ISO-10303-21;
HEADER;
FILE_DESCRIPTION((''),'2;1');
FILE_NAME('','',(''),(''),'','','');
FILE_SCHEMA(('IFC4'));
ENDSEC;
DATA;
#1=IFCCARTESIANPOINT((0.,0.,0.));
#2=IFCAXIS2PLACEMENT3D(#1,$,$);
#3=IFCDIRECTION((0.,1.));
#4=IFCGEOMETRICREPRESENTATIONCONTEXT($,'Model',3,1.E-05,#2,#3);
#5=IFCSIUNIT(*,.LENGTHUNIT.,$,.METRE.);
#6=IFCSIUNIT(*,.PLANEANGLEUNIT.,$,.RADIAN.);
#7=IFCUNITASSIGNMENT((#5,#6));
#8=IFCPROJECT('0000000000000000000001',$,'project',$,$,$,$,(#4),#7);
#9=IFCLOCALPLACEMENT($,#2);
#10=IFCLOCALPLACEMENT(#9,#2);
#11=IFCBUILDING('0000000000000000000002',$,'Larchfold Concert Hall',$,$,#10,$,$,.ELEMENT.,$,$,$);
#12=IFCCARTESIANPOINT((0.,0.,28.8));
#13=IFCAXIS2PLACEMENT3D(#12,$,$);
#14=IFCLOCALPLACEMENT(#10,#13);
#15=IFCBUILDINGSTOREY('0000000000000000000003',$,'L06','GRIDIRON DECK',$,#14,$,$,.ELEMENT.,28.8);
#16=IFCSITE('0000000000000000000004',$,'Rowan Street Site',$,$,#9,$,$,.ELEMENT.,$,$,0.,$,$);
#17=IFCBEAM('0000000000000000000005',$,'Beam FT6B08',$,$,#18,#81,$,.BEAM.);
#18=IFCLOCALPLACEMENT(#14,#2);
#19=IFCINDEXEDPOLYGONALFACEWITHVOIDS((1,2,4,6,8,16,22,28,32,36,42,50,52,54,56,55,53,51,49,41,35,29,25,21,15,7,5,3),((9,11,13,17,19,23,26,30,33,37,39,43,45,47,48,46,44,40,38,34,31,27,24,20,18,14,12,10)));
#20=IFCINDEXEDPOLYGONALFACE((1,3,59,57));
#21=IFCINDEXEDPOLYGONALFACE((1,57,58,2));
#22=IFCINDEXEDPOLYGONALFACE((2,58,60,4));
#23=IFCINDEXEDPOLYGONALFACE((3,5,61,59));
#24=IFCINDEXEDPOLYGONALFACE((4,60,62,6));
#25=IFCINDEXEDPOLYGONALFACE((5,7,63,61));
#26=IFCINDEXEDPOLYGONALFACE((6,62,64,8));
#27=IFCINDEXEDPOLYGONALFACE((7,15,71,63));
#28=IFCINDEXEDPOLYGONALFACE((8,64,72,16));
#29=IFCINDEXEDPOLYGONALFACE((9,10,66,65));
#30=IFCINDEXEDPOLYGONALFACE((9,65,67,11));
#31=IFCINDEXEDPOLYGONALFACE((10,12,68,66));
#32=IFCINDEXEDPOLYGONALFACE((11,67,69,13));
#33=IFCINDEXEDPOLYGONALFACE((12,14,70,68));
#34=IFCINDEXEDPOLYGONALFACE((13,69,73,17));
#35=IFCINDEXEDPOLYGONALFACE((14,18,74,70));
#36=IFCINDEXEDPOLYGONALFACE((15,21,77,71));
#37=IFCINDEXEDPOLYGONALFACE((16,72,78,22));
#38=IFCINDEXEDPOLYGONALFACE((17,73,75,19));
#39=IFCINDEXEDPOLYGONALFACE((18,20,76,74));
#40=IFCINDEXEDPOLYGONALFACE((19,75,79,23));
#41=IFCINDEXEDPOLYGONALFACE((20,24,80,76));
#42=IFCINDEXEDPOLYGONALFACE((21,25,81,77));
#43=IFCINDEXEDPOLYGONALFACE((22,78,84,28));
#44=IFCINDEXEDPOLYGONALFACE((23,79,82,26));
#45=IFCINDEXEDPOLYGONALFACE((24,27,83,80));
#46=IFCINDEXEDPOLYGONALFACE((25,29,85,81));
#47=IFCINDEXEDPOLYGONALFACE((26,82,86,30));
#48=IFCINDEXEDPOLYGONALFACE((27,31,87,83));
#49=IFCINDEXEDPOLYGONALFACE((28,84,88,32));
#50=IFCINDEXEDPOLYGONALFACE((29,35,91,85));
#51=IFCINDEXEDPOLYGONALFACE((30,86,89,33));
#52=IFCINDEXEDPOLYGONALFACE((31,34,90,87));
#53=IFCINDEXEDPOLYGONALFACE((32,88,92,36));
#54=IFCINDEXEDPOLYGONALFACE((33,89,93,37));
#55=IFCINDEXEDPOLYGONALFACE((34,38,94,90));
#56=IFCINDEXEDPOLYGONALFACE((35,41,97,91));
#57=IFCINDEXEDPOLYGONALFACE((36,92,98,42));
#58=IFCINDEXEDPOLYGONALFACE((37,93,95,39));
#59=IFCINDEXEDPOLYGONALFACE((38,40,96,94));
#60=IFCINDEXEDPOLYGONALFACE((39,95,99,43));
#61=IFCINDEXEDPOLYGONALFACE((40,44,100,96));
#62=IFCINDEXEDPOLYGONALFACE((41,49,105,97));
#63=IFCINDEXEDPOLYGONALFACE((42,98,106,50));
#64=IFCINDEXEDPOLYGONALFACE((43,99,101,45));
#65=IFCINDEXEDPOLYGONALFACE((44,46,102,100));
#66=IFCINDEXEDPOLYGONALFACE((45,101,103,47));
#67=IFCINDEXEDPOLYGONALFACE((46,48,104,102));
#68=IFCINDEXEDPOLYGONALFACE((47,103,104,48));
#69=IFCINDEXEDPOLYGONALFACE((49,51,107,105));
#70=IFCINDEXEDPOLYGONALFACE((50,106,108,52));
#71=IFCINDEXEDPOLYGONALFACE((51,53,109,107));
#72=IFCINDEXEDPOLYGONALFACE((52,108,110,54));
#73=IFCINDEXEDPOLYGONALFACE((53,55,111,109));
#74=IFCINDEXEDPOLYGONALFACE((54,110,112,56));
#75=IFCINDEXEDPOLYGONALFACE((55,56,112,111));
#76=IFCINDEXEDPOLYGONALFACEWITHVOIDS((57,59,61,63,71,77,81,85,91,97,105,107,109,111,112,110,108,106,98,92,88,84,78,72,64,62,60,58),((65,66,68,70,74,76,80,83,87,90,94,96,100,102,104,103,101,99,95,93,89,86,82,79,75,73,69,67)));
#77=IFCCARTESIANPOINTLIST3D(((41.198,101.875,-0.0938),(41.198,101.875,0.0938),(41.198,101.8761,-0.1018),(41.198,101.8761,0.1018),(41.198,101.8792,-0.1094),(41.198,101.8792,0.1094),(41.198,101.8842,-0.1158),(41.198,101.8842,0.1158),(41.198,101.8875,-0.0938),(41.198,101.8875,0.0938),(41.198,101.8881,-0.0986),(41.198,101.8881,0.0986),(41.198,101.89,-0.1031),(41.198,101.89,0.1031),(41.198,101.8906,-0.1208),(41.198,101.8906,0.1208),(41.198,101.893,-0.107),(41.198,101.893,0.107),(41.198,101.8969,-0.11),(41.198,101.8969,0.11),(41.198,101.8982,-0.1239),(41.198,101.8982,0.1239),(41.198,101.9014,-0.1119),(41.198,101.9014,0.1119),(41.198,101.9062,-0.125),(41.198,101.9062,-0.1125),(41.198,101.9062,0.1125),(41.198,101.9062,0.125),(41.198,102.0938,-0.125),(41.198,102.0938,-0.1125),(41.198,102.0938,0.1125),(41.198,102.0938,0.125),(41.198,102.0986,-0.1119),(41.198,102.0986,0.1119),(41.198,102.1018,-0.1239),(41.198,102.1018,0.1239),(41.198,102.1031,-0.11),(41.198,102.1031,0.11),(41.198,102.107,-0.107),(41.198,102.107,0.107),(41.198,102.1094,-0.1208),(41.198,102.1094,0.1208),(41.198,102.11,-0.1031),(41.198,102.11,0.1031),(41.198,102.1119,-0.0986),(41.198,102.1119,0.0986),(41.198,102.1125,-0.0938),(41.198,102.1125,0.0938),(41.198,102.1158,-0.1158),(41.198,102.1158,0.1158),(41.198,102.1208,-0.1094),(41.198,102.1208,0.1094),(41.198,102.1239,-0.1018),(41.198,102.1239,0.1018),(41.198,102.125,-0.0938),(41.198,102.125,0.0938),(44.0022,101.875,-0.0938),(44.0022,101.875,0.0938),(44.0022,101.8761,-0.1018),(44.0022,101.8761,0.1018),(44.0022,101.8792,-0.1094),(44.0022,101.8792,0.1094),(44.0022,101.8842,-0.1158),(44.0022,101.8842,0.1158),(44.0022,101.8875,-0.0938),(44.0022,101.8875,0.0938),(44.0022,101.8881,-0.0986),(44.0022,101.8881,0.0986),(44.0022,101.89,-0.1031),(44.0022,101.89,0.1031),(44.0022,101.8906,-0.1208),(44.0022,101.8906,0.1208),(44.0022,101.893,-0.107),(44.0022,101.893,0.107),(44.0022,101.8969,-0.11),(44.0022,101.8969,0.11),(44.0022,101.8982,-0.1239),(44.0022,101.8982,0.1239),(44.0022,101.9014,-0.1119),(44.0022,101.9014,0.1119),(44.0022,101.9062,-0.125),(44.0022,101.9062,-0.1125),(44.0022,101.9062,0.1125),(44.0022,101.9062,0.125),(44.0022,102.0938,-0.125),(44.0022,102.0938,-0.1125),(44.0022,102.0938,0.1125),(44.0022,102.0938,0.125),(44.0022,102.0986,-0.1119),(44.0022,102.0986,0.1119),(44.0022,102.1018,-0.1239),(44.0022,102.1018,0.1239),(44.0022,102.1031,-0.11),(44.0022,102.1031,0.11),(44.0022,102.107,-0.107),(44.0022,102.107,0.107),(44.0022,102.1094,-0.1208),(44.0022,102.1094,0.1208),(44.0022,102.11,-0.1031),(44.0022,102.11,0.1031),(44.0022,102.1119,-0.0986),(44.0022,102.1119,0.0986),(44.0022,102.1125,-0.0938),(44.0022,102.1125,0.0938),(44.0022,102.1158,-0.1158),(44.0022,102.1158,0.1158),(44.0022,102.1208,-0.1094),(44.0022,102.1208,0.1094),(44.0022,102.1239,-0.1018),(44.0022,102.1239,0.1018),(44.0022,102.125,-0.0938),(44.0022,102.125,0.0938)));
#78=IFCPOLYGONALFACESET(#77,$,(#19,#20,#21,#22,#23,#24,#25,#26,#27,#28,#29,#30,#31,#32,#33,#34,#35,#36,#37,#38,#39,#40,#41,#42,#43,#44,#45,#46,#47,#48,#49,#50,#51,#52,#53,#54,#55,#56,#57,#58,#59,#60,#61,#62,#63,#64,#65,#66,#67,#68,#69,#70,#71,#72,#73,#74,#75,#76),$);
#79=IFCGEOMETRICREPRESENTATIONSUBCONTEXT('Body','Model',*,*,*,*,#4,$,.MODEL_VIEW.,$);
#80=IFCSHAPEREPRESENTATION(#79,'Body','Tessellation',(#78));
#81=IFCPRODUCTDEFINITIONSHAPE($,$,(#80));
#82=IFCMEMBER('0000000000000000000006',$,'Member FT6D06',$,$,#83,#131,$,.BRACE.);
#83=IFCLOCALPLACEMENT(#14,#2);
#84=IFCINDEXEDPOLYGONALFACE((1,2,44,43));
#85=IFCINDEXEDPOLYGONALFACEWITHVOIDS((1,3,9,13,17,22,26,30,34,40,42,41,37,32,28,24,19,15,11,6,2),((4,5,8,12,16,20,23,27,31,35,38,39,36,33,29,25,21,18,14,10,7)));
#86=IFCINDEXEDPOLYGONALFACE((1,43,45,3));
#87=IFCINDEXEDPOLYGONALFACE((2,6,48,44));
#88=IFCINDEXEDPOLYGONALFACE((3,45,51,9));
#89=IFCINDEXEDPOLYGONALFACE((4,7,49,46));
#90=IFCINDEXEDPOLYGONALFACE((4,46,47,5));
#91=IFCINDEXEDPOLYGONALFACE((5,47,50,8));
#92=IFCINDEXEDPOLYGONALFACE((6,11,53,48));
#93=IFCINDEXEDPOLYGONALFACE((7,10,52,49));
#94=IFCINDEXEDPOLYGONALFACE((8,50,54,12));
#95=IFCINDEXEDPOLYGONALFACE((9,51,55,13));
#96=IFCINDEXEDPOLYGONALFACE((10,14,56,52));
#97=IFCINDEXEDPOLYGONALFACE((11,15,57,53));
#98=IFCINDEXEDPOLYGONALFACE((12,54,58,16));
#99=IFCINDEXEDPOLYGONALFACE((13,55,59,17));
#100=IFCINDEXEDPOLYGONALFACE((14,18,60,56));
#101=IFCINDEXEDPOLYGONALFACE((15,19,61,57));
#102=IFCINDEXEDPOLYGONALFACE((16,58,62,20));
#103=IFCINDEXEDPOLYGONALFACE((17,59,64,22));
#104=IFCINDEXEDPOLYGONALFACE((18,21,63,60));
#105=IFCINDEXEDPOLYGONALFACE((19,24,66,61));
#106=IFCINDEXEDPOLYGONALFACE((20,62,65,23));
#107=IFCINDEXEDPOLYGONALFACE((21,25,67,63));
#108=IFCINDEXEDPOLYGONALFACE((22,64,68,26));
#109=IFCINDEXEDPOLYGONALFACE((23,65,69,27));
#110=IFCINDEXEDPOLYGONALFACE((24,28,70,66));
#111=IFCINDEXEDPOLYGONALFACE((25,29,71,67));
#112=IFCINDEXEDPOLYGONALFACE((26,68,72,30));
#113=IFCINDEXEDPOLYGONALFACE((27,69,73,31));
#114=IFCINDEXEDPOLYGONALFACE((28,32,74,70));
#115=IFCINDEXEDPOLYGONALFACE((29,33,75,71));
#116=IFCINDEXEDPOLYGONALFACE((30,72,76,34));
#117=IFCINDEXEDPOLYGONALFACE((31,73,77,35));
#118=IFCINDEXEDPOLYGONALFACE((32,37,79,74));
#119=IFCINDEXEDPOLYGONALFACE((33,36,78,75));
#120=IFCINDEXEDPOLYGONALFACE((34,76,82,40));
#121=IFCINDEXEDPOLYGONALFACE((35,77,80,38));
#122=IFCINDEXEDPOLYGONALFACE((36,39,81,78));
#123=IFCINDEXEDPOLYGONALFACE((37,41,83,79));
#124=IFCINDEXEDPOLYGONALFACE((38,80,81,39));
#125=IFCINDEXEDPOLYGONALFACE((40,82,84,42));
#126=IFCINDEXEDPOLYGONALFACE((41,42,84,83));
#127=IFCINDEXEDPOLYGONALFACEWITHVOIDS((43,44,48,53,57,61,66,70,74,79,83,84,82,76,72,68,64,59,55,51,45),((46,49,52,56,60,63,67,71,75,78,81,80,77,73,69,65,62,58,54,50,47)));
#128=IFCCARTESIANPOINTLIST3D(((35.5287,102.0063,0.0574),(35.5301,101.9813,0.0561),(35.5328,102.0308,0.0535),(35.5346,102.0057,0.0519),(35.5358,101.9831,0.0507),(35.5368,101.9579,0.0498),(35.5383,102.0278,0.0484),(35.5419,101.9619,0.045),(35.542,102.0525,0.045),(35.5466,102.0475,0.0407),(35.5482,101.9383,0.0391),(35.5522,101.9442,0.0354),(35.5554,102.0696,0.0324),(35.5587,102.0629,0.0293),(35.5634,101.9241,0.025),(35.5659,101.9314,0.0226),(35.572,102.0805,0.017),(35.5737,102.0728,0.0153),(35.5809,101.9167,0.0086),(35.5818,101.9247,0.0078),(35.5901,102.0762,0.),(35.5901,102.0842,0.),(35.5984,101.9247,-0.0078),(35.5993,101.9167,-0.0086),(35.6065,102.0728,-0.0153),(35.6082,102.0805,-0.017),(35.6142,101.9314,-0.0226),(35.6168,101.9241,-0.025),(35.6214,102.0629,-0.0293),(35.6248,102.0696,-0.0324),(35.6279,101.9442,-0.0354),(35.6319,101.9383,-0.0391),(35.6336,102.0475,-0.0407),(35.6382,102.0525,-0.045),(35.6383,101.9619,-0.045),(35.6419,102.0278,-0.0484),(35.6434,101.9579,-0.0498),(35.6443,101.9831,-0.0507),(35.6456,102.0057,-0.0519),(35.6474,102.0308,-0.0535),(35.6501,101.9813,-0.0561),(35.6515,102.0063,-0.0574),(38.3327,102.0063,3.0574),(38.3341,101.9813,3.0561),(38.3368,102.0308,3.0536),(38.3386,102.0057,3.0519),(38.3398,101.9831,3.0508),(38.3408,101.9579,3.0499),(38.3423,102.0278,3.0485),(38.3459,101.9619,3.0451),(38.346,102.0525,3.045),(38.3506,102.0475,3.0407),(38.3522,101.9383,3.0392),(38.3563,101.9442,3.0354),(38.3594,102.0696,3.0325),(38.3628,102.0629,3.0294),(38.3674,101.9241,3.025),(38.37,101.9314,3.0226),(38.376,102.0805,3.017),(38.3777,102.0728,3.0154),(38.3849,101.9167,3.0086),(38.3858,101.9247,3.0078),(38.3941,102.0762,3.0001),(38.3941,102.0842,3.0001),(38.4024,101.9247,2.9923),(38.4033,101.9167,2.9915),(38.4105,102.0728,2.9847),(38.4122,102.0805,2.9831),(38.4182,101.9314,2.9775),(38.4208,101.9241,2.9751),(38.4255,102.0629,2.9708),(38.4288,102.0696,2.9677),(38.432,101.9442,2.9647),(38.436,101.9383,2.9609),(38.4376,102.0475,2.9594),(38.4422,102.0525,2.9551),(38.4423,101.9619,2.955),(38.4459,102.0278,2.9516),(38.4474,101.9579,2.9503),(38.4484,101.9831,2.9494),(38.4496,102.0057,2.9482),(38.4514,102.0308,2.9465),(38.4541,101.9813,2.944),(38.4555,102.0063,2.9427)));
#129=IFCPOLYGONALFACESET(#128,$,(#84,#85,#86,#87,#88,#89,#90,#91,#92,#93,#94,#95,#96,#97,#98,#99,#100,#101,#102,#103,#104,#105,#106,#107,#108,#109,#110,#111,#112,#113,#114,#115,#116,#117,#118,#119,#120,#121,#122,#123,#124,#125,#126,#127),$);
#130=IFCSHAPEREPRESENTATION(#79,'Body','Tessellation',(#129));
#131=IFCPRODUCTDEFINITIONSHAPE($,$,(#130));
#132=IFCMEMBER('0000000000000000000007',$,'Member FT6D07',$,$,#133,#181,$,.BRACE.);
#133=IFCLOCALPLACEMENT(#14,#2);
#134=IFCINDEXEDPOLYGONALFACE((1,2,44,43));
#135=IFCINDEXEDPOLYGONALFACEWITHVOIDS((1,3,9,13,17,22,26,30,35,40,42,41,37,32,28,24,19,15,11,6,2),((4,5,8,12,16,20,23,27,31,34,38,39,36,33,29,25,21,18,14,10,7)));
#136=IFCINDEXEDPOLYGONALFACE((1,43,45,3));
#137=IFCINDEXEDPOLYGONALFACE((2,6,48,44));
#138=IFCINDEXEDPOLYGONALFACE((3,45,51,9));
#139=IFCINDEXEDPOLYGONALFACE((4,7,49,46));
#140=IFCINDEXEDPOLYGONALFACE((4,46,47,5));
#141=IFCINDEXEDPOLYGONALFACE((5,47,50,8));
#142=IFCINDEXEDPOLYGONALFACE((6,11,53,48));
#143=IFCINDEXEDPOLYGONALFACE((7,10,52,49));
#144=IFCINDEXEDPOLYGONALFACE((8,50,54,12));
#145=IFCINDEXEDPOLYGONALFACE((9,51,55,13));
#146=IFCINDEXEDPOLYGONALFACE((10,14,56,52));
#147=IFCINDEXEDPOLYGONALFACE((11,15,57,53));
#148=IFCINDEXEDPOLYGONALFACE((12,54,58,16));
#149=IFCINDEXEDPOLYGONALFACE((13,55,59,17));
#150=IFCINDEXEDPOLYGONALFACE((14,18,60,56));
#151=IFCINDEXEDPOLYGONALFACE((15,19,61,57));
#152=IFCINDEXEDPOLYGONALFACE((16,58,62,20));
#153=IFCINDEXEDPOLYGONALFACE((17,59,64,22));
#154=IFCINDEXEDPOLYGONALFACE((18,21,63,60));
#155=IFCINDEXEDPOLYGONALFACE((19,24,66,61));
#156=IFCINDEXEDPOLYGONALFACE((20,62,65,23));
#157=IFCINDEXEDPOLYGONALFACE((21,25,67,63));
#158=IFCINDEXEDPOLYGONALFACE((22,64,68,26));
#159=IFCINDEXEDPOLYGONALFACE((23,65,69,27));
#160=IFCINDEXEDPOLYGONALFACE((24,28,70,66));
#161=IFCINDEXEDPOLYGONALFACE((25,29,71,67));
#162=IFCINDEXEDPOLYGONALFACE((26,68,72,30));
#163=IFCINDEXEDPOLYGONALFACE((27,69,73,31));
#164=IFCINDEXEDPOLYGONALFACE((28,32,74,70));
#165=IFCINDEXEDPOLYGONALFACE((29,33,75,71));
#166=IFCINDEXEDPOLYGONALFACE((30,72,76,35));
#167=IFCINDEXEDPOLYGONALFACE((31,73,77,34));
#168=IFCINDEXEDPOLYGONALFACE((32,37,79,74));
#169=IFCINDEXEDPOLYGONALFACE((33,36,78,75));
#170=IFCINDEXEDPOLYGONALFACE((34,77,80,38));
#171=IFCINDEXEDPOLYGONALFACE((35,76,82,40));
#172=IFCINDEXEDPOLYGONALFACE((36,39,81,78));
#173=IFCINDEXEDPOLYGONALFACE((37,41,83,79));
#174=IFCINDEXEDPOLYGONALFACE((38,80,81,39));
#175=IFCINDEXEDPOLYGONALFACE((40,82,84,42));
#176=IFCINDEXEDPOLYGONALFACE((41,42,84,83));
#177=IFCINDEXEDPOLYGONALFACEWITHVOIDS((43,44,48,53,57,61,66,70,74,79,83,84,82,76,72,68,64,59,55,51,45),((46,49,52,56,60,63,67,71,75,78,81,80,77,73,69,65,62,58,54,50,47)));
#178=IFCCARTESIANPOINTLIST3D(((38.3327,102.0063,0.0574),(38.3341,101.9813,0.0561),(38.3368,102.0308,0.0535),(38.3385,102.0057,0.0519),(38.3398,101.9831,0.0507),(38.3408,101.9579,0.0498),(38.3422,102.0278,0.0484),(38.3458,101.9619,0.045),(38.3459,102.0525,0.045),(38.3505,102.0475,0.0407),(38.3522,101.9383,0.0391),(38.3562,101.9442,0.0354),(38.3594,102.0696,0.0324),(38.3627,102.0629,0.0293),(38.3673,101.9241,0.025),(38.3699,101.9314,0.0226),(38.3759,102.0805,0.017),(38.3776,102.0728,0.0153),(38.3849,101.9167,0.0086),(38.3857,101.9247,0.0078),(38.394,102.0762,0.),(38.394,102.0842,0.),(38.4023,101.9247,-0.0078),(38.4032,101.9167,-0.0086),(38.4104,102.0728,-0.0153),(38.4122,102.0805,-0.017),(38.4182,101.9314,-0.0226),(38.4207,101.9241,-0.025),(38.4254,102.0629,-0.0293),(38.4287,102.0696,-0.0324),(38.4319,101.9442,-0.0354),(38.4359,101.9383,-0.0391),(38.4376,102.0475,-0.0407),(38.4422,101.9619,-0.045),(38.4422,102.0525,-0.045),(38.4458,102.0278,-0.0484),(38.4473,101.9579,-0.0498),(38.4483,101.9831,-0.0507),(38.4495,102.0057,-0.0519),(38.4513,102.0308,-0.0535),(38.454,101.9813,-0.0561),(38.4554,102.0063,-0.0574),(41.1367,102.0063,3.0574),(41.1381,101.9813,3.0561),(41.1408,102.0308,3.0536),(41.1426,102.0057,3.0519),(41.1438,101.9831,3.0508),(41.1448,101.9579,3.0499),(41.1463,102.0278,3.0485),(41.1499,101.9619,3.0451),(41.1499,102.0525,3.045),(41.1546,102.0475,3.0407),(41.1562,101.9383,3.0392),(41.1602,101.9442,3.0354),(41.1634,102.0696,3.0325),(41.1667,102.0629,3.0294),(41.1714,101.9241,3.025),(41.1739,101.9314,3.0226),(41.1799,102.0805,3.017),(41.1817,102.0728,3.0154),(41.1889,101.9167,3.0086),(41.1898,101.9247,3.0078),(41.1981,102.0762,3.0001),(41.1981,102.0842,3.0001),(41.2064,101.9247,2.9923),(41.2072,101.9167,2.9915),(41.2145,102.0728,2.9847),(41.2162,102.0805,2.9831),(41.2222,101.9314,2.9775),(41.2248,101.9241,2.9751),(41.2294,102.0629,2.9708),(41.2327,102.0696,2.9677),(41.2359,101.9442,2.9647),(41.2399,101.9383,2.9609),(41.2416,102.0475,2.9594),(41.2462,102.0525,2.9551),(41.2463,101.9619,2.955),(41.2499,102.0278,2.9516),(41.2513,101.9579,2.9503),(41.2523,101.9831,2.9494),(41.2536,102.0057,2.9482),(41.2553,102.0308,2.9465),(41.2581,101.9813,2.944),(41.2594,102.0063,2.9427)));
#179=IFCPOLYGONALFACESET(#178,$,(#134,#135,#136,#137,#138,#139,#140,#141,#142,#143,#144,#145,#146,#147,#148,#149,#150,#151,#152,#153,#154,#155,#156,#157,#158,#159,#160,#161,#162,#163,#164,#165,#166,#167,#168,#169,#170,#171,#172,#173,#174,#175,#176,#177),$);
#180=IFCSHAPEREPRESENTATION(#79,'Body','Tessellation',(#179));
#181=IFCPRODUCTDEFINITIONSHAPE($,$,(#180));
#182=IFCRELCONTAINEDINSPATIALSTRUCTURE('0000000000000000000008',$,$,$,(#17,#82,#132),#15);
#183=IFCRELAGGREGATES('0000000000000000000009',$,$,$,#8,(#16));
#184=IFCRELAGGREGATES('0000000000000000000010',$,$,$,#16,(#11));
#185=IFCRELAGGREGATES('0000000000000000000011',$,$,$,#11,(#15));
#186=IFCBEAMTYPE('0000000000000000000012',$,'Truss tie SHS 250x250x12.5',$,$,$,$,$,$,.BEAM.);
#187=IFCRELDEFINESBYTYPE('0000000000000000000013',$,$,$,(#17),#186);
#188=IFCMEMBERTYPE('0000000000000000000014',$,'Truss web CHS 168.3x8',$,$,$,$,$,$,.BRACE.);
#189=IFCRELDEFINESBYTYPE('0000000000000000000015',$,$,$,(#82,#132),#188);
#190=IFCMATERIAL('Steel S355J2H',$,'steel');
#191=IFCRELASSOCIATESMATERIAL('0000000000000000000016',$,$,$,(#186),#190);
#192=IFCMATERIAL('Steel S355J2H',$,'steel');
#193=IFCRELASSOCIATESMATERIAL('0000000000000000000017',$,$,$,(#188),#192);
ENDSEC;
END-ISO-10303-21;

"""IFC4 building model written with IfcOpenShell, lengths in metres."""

from ifc_helpers import new_model, si_unit, direction, frame, origin, origin_2d, place, context, subcontext, project, spatial, hollow_rectangle, hollow_circle, extrude, material, material_profile, profile_set, type_object, element, save


model = new_model("IFC4")

# Units and contexts
model_context = context("Model", 3, precision=1e-05, world=origin(), true_north=direction((0.0, 1.0)))
body_context = subcontext(model_context, "Body", "Model", "MODEL_VIEW")
ifc_project = project(units=[si_unit("LENGTHUNIT", "METRE"), si_unit("PLANEANGLEUNIT", "RADIAN")], contexts=[model_context])

# Site, building, storey
site_placement = place(None, origin())
site = spatial("IfcSite", under=ifc_project, at=site_placement, Name="Rowan Street Site", CompositionType="ELEMENT", RefElevation=0.0)
building_placement = place(site_placement, origin())
building = spatial("IfcBuilding", under=site, at=building_placement, Name="Larchfold Concert Hall", CompositionType="ELEMENT")
storey_placement = place(building_placement, frame((0.0, 0.0, 28.8)))
storey = spatial("IfcBuildingStorey", under=building, at=storey_placement, Name="L06", Description="GRIDIRON DECK", CompositionType="ELEMENT", Elevation=28.8)

# Beam
ifc_material_1 = material(Name="Steel S355J2H", Category="steel")
ifc_material_profile_1 = material_profile(ifc_material_1, hollow_rectangle(XDim=0.25, YDim=0.25, WallThickness=0.0125, InnerFilletRadius=0.0188, OuterFilletRadius=0.0312, at=origin_2d()))
ifc_profile_set_1 = profile_set([ifc_material_profile_1], Name="Steel S355J2H")
beam_type_1 = type_object("IfcBeamType", Name="Truss tie SHS 250x250x12.5", PredefinedType="BEAM", material=ifc_profile_set_1)
beam_1_placement = place(storey_placement, frame((41.198, 102.0, 0.0), z_axis=(1.0, 0.0, 0.0), x_axis=(0.0, 1.0, 0.0)))
element("IfcBeam", 1, at=beam_1_placement, inside=storey, type_object=beam_type_1, Name="Beam FT6B08", PredefinedType="BEAM", context=body_context, shape_type="SweptSolid", body=[
    extrude(hollow_rectangle(XDim=0.25, YDim=0.25, WallThickness=0.0125, InnerFilletRadius=0.0188, OuterFilletRadius=0.0312, at=origin_2d()), origin(), (0.0, 0.0, 1.0), 2.8042),
])

# Members
ifc_material_2 = material(Name="Steel S355J2H", Category="steel")
ifc_material_profile_2 = material_profile(ifc_material_2, hollow_circle(Radius=0.0842, WallThickness=0.0081, at=origin_2d()))
ifc_profile_set_2 = profile_set([ifc_material_profile_2], Name="Steel S355J2H")
member_type_1 = type_object("IfcMemberType", Name="Truss web CHS 168.3x8", PredefinedType="BRACE", material=ifc_profile_set_2)
for number, where, z_axis, x_axis, name in (
    (2, (35.5901, 102.0, 0.0), (0.682833, 0.0, 0.730575), (0.0, 1.0, 0.0), "Member FT6D06"),
    (3, (38.394, 102.0, 0.0), (0.682833, 0.0, 0.730575), (0.0, 1.0, 0.0), "Member FT6D07"),
):
    element("IfcMember", number, at=place(storey_placement, frame(where, z_axis=z_axis, x_axis=x_axis)), inside=storey, type_object=member_type_1, Name=name, PredefinedType="BRACE", context=body_context, shape_type="SweptSolid", body=[
        extrude(hollow_circle(Radius=0.0842, WallThickness=0.0081, at=origin_2d()), origin(), (0.0, 0.0, 1.0), 4.1064),
    ])

save(model, "model.ifc")
